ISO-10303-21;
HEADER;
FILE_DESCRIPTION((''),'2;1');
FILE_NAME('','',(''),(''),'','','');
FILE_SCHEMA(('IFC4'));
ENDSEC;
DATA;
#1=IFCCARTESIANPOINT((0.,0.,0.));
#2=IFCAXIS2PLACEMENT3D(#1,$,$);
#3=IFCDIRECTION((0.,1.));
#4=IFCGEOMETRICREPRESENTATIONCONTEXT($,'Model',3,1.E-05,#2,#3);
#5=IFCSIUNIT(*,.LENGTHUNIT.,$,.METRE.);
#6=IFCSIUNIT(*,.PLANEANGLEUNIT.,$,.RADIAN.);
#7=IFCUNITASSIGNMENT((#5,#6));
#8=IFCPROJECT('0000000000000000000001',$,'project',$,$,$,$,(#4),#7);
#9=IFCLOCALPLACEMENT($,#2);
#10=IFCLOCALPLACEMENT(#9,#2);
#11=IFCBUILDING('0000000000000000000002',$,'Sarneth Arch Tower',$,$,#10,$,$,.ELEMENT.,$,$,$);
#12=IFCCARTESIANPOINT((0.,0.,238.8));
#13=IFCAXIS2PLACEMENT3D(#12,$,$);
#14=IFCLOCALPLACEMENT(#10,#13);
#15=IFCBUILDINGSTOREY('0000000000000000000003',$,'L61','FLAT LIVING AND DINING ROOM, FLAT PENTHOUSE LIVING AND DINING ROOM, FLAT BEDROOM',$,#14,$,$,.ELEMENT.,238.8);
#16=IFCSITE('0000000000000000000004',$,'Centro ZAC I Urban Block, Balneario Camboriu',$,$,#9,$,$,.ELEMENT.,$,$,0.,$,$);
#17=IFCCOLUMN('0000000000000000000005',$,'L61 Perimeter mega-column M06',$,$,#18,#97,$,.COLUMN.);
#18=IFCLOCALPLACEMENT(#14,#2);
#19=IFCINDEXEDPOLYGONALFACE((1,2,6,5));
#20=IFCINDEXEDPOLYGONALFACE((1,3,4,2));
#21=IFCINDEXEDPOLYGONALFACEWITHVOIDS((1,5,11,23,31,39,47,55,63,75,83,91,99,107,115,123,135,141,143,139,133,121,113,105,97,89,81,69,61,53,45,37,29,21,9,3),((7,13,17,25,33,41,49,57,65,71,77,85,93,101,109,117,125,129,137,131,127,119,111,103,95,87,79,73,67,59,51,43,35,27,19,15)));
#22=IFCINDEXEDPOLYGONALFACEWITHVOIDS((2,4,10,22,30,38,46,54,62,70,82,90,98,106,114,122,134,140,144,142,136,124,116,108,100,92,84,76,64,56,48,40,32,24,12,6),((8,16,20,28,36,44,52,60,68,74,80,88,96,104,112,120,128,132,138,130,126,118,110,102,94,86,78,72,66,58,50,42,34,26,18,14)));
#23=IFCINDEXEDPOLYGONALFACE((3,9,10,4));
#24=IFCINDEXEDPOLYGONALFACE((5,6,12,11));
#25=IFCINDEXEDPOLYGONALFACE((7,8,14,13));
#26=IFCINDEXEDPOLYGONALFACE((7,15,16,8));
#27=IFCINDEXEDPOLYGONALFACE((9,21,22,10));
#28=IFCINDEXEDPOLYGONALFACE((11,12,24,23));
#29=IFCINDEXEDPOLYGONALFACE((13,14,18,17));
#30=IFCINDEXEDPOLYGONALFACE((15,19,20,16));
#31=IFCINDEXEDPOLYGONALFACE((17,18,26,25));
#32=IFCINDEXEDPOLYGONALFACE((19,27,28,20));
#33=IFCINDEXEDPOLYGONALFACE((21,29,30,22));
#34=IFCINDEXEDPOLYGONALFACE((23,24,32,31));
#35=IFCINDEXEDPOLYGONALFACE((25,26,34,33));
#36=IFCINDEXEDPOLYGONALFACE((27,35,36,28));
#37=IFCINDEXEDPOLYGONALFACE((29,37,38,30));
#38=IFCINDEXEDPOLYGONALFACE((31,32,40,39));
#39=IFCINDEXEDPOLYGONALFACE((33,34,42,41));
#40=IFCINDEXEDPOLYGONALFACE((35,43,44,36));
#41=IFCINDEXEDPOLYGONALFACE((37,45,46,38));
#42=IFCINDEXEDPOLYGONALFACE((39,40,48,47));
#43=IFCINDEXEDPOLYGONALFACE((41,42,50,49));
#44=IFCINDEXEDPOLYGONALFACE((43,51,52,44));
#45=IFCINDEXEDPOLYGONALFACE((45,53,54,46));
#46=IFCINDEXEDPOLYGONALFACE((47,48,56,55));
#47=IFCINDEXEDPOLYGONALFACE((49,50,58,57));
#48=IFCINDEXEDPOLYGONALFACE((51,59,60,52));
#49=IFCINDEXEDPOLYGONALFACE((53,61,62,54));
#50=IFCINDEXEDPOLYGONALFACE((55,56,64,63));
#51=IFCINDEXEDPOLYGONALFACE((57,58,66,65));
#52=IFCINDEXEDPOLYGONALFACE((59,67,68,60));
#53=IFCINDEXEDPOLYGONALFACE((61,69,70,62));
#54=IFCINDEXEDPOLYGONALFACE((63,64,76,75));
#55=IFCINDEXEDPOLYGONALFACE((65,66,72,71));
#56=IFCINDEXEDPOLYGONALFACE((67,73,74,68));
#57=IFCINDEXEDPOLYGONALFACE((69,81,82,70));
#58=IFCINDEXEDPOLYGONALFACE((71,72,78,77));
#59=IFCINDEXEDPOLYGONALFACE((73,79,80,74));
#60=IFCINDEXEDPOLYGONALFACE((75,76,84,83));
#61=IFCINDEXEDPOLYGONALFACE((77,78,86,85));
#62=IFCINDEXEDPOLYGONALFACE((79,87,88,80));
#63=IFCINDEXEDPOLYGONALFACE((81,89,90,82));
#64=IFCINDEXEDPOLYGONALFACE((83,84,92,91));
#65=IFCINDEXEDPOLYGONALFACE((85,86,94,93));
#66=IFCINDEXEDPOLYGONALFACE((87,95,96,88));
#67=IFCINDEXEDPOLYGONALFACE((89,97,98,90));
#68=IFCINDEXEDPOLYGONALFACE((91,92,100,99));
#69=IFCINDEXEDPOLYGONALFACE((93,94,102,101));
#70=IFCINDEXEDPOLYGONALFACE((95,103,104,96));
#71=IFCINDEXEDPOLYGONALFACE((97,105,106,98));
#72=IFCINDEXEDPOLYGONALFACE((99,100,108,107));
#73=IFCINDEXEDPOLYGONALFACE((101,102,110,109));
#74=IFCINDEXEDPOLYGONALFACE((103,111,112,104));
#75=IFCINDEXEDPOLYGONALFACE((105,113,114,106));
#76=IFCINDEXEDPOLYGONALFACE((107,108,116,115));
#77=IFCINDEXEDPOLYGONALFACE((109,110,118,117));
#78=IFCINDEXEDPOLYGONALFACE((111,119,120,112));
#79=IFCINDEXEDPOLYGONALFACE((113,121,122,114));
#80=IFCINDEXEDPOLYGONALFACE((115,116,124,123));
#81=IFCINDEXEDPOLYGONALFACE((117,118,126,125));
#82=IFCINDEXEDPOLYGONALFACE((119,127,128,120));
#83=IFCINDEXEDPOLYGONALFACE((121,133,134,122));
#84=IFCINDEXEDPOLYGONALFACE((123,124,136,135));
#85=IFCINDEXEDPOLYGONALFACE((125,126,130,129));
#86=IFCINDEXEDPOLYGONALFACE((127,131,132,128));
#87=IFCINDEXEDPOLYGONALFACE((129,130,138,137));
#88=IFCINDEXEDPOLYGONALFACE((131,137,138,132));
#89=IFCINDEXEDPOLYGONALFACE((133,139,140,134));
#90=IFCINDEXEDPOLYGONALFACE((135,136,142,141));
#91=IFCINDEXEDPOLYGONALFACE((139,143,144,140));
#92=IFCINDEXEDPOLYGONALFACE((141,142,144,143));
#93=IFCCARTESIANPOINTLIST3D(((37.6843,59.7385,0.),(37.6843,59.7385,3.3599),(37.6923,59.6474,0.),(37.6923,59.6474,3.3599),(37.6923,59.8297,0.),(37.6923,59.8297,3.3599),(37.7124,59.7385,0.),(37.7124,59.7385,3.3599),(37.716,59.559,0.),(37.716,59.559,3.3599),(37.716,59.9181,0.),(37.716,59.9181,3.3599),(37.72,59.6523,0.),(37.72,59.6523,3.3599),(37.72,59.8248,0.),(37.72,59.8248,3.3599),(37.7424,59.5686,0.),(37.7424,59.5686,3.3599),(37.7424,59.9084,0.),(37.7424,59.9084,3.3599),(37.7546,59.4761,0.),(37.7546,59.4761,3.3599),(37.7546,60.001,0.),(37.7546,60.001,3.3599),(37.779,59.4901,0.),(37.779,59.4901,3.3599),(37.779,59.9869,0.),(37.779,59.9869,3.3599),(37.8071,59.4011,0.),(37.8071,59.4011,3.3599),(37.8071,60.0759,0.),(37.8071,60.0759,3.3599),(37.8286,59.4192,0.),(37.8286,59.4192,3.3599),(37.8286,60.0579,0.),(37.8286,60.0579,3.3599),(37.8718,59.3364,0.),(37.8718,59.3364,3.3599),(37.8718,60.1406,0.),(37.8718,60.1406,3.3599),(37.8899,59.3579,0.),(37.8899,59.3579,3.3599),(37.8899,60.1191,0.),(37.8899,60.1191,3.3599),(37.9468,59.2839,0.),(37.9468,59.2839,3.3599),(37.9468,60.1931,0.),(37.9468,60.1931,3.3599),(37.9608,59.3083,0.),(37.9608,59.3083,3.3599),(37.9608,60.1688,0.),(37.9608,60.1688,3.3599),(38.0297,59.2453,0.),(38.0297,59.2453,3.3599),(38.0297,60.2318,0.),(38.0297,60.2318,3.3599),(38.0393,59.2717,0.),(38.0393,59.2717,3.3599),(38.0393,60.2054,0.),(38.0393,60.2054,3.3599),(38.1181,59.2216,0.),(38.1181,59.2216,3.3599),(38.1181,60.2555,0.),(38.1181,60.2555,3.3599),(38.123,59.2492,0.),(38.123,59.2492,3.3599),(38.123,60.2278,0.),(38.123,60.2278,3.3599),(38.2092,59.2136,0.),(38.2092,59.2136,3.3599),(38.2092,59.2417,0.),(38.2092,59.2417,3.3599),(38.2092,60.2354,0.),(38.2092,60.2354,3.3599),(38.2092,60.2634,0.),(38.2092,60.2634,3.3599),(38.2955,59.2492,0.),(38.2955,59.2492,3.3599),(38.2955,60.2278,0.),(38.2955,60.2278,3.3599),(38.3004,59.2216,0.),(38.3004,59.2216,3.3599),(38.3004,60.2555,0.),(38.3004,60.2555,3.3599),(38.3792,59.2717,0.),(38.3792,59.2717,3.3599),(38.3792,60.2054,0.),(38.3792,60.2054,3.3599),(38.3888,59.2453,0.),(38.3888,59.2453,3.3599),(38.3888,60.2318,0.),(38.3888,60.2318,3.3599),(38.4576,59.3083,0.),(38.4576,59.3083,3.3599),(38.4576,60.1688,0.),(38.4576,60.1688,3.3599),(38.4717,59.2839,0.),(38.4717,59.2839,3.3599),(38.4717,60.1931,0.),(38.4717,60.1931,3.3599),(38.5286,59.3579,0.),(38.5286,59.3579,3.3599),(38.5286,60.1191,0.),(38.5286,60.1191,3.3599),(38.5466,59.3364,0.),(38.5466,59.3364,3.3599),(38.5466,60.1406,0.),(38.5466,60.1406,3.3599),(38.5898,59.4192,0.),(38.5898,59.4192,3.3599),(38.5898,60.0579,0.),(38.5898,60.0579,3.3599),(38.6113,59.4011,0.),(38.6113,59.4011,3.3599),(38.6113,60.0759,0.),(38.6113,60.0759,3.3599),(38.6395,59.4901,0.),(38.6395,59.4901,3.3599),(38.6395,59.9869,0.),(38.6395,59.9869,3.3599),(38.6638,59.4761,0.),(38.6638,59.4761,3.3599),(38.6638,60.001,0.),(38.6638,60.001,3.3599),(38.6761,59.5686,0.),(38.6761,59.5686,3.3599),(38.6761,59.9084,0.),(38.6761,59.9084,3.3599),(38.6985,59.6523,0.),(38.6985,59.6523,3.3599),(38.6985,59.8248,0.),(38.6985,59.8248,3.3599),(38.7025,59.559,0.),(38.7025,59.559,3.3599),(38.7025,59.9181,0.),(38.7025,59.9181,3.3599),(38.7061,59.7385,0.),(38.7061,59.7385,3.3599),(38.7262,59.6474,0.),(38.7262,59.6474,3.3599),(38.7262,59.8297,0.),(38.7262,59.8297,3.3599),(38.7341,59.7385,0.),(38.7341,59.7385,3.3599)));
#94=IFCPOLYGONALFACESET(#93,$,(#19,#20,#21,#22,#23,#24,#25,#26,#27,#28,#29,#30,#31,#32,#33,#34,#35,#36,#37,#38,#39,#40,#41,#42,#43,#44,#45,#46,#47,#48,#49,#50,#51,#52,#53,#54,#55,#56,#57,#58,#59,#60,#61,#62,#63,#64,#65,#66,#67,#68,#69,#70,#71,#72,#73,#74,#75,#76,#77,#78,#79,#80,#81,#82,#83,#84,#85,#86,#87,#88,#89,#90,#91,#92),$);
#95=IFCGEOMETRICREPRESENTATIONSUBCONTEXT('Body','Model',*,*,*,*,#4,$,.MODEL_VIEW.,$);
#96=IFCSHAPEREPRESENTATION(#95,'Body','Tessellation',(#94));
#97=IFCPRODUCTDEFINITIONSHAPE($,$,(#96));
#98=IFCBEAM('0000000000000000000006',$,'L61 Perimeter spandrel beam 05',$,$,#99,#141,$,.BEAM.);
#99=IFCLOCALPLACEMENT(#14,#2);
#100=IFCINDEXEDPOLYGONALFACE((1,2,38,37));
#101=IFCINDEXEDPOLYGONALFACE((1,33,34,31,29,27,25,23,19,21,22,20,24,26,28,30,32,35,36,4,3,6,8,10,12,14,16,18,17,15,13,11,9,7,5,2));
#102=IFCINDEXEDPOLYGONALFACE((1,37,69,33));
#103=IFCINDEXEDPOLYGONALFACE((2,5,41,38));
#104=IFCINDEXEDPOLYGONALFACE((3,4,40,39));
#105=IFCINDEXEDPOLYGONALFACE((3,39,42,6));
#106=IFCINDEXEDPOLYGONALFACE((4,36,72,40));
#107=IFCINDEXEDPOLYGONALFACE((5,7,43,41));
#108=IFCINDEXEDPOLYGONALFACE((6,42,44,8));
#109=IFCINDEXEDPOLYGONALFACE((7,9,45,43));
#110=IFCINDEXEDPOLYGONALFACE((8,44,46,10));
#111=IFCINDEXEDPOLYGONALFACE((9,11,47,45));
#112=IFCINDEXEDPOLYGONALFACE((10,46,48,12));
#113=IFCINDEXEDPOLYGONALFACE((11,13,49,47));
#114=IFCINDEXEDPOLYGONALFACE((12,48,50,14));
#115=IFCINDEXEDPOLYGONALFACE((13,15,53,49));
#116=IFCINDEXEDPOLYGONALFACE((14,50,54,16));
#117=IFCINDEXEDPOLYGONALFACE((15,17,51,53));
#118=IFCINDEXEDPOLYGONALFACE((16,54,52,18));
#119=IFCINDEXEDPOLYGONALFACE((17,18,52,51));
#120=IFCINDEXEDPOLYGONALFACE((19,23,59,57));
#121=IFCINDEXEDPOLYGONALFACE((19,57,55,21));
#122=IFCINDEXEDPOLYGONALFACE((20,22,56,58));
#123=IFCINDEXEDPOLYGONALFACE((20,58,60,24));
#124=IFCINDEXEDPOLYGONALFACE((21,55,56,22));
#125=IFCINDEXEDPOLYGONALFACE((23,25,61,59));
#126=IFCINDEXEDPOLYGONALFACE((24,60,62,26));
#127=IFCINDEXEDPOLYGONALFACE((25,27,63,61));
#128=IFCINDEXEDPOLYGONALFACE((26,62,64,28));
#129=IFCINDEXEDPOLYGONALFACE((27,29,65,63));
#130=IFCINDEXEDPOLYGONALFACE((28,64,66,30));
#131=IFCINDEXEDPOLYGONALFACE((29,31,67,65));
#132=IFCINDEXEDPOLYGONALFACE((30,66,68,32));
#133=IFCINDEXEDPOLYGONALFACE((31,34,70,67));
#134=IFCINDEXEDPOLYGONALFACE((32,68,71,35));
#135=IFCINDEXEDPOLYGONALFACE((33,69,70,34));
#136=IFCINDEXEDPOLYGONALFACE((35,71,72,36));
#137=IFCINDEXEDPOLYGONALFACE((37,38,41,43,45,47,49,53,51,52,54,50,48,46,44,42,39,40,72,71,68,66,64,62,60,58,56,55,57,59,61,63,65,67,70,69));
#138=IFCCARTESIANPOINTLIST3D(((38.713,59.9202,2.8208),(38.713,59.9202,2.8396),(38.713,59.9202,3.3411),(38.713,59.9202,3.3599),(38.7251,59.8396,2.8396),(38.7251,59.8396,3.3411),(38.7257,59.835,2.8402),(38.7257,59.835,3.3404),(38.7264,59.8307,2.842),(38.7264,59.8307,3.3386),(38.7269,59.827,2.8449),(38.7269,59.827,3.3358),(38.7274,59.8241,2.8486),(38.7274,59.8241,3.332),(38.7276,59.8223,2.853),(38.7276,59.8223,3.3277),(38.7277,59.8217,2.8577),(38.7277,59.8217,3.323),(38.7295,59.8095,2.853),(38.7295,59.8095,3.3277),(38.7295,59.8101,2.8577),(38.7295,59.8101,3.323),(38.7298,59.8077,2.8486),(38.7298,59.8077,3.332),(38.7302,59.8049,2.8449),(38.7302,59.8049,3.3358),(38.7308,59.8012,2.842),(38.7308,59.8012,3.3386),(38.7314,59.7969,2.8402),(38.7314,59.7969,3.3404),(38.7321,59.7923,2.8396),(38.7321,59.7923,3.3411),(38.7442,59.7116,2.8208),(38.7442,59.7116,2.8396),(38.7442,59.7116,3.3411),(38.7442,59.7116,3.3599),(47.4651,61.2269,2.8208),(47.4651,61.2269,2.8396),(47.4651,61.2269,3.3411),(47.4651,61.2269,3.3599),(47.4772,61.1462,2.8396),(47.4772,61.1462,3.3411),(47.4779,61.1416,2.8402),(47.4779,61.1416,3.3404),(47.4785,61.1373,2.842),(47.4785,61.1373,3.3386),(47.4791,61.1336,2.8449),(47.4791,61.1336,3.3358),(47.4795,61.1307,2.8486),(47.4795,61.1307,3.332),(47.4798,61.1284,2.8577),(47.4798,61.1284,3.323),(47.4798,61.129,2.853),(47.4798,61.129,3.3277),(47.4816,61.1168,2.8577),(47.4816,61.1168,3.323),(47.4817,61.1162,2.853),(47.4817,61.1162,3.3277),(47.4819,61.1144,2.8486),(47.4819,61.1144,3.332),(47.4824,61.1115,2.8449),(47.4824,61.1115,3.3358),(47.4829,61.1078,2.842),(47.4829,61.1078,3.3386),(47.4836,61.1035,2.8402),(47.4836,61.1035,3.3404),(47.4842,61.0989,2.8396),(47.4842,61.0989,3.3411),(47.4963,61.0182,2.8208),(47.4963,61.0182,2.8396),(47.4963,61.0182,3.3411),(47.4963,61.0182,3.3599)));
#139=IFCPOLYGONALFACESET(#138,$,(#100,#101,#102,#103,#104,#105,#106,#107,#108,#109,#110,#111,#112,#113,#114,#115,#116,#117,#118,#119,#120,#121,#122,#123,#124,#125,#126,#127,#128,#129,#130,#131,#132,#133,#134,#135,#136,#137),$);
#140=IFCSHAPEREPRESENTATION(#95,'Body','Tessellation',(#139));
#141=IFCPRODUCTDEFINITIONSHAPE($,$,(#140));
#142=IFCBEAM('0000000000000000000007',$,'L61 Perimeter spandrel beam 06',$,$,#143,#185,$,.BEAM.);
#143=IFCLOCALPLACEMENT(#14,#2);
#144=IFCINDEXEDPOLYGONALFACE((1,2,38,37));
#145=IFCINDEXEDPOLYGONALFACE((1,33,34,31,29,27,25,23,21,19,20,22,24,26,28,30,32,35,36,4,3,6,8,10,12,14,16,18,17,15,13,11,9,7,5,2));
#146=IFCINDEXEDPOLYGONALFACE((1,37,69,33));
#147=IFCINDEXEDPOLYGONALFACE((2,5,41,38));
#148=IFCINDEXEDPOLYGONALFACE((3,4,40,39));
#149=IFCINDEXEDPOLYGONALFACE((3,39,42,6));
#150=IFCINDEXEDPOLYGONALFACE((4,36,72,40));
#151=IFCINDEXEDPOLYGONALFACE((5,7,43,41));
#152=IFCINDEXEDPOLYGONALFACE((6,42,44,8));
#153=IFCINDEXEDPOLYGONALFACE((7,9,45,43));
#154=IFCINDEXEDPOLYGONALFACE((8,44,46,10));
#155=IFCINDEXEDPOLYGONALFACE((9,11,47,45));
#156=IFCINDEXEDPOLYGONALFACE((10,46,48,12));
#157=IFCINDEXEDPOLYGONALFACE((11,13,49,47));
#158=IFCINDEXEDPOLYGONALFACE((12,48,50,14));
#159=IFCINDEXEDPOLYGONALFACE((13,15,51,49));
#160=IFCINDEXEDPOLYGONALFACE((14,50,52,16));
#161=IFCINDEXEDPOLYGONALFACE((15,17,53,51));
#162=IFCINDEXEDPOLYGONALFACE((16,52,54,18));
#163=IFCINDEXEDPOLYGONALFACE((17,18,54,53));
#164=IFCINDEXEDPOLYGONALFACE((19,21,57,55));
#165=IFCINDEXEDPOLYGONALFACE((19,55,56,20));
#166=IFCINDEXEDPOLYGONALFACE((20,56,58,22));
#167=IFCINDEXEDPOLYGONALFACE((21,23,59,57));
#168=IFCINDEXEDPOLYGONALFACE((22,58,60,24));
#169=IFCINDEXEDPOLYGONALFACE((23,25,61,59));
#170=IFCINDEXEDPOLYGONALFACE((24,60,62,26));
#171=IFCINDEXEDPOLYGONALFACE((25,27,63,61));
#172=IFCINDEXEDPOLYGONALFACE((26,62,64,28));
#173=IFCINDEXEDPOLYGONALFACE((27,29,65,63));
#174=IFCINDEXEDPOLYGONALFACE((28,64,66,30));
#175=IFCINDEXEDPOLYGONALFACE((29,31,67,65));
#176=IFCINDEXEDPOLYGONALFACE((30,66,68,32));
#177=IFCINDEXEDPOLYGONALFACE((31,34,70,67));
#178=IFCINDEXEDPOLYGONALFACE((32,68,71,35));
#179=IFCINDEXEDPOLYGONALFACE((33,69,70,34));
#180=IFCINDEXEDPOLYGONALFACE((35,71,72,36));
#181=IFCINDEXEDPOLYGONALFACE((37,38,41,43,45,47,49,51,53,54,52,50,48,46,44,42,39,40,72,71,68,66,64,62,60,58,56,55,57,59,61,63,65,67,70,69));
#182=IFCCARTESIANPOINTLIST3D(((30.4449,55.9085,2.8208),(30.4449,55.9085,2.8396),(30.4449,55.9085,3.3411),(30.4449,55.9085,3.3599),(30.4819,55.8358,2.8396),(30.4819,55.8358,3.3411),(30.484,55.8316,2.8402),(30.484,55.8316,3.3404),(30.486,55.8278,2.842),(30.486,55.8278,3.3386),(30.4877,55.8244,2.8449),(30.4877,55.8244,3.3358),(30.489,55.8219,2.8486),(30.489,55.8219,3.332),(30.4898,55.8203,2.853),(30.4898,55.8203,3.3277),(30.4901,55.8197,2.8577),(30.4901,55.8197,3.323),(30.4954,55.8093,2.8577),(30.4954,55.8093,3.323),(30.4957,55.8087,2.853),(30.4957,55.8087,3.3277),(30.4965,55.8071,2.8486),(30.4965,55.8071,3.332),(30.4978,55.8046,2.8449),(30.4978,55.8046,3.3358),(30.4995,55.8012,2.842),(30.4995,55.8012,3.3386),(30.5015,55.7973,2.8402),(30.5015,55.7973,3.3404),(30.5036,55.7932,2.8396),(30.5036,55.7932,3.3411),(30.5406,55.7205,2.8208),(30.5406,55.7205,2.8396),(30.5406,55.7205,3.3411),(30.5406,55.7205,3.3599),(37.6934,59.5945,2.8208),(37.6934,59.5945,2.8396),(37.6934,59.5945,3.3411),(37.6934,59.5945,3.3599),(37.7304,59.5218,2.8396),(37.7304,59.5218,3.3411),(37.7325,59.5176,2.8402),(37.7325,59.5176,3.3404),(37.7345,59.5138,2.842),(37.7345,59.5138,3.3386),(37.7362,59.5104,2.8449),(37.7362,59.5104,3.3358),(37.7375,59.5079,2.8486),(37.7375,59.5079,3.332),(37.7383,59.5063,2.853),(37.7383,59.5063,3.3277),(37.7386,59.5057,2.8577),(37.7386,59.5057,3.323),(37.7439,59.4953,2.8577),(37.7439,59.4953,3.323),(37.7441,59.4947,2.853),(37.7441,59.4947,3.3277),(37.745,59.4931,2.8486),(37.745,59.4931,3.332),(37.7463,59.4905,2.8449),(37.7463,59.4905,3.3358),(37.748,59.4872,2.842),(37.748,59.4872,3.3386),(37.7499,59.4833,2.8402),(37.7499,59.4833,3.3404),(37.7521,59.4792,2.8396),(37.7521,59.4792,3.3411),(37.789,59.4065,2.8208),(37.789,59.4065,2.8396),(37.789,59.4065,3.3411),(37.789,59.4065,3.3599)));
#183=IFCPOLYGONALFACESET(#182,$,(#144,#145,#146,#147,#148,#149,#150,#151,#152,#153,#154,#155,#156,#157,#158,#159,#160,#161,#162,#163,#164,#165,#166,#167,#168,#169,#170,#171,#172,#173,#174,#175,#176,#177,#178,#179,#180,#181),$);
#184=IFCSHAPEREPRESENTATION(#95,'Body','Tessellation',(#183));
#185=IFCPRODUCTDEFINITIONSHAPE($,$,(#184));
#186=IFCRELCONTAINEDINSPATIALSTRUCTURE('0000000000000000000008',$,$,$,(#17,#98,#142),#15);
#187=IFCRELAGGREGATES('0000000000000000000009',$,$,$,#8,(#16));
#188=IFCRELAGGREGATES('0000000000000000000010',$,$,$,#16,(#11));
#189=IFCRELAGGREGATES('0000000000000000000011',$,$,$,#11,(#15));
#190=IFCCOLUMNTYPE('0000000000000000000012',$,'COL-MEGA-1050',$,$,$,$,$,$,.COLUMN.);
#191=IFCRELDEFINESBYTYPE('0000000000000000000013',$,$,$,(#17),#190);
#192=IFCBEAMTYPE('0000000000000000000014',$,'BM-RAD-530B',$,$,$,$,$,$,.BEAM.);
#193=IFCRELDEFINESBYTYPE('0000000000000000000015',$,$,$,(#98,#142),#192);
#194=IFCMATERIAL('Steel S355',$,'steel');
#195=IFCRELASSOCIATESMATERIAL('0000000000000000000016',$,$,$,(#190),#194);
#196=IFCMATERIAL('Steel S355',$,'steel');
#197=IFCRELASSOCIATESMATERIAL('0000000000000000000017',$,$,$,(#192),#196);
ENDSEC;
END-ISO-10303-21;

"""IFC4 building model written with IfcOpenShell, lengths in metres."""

from ifc_helpers import new_model, si_unit, direction, frame, origin, origin_2d, place, context, subcontext, project, spatial, hollow_circle, i_section, extrude, material, material_profile, profile_set, type_object, element, save


model = new_model("IFC4")

# Units and contexts
model_context = context("Model", 3, precision=1e-05, world=origin(), true_north=direction((0.0, 1.0)))
body_context = subcontext(model_context, "Body", "Model", "MODEL_VIEW")
ifc_project = project(units=[si_unit("LENGTHUNIT", "METRE"), si_unit("PLANEANGLEUNIT", "RADIAN")], contexts=[model_context])

# Site, building, storey
site_placement = place(None, origin())
site = spatial("IfcSite", under=ifc_project, at=site_placement, Name="Centro ZAC I Urban Block, Balneario Camboriu", CompositionType="ELEMENT", RefElevation=0.0)
building_placement = place(site_placement, origin())
building = spatial("IfcBuilding", under=site, at=building_placement, Name="Sarneth Arch Tower", CompositionType="ELEMENT")
storey_placement = place(building_placement, frame((0.0, 0.0, 238.8)))
storey = spatial("IfcBuildingStorey", under=building, at=storey_placement, Name="L61", Description="FLAT LIVING AND DINING ROOM, FLAT PENTHOUSE LIVING AND DINING ROOM, FLAT BEDROOM", CompositionType="ELEMENT", Elevation=238.8)

# Column
ifc_material_1 = material(Name="Steel S355", Category="steel")
ifc_material_profile_1 = material_profile(ifc_material_1, hollow_circle(Radius=0.5249, WallThickness=0.0281, at=origin_2d()), Name="CHS1050x28")
ifc_profile_set_1 = profile_set([ifc_material_profile_1], Name="Steel S355")
column_type = type_object("IfcColumnType", Name="COL-MEGA-1050", PredefinedType="COLUMN", material=ifc_profile_set_1)
column_placement = place(storey_placement, frame((38.2092, 59.7385, 0.0), z_axis=(0.0, 0.0, 1.0), x_axis=(1.0, 0.0, 0.0)))
element("IfcColumn", 1, at=column_placement, inside=storey, type_object=column_type, Name="L61 Perimeter mega-column M06", PredefinedType="COLUMN", context=body_context, shape_type="SweptSolid", body=[
    extrude(hollow_circle(Radius=0.5249, WallThickness=0.0281, at=origin_2d()), origin(), (0.0, 0.0, 1.0), 3.3599),
])

# Beams
ifc_material_2 = material(Name="Steel S355", Category="steel")
ifc_material_profile_2 = material_profile(ifc_material_2, i_section(OverallWidth=0.2109, OverallDepth=0.5391, WebThickness=0.0117, FlangeThickness=0.0188, FilletRadius=0.0181, at=origin_2d()), Name="W530x109")
ifc_profile_set_2 = profile_set([ifc_material_profile_2], Name="Steel S355")
beam_type = type_object("IfcBeamType", Name="BM-RAD-530B", PredefinedType="BEAM", material=ifc_profile_set_2)
beam_1_placement = place(storey_placement, frame((47.4807, 61.1226, 3.0903), z_axis=(-0.989039, -0.147656, 0.0), x_axis=(0.147656, -0.989039, 0.0)))
element("IfcBeam", 2, at=beam_1_placement, inside=storey, type_object=beam_type, Name="L61 Perimeter spandrel beam 05", PredefinedType="BEAM", context=body_context, shape_type="SweptSolid", body=[
    extrude(i_section(OverallWidth=0.2109, OverallDepth=0.5391, WebThickness=0.0117, FlangeThickness=0.0188, FilletRadius=0.0181, at=origin_2d()), origin(), (0.0, 0.0, 1.0), 8.8491),
])
beam_2_placement = place(storey_placement, frame((37.7412, 59.5005, 3.0903), z_axis=(-0.891368, -0.45328, 0.0), x_axis=(0.45328, -0.891368, 0.0)))
element("IfcBeam", 3, at=beam_2_placement, inside=storey, type_object=beam_type, Name="L61 Perimeter spandrel beam 06", PredefinedType="BEAM", context=body_context, shape_type="SweptSolid", body=[
    extrude(i_section(OverallWidth=0.2109, OverallDepth=0.5391, WebThickness=0.0117, FlangeThickness=0.0188, FilletRadius=0.0181, at=origin_2d()), origin(), (0.0, 0.0, 1.0), 8.1318),
])

save(model, "model.ifc")
